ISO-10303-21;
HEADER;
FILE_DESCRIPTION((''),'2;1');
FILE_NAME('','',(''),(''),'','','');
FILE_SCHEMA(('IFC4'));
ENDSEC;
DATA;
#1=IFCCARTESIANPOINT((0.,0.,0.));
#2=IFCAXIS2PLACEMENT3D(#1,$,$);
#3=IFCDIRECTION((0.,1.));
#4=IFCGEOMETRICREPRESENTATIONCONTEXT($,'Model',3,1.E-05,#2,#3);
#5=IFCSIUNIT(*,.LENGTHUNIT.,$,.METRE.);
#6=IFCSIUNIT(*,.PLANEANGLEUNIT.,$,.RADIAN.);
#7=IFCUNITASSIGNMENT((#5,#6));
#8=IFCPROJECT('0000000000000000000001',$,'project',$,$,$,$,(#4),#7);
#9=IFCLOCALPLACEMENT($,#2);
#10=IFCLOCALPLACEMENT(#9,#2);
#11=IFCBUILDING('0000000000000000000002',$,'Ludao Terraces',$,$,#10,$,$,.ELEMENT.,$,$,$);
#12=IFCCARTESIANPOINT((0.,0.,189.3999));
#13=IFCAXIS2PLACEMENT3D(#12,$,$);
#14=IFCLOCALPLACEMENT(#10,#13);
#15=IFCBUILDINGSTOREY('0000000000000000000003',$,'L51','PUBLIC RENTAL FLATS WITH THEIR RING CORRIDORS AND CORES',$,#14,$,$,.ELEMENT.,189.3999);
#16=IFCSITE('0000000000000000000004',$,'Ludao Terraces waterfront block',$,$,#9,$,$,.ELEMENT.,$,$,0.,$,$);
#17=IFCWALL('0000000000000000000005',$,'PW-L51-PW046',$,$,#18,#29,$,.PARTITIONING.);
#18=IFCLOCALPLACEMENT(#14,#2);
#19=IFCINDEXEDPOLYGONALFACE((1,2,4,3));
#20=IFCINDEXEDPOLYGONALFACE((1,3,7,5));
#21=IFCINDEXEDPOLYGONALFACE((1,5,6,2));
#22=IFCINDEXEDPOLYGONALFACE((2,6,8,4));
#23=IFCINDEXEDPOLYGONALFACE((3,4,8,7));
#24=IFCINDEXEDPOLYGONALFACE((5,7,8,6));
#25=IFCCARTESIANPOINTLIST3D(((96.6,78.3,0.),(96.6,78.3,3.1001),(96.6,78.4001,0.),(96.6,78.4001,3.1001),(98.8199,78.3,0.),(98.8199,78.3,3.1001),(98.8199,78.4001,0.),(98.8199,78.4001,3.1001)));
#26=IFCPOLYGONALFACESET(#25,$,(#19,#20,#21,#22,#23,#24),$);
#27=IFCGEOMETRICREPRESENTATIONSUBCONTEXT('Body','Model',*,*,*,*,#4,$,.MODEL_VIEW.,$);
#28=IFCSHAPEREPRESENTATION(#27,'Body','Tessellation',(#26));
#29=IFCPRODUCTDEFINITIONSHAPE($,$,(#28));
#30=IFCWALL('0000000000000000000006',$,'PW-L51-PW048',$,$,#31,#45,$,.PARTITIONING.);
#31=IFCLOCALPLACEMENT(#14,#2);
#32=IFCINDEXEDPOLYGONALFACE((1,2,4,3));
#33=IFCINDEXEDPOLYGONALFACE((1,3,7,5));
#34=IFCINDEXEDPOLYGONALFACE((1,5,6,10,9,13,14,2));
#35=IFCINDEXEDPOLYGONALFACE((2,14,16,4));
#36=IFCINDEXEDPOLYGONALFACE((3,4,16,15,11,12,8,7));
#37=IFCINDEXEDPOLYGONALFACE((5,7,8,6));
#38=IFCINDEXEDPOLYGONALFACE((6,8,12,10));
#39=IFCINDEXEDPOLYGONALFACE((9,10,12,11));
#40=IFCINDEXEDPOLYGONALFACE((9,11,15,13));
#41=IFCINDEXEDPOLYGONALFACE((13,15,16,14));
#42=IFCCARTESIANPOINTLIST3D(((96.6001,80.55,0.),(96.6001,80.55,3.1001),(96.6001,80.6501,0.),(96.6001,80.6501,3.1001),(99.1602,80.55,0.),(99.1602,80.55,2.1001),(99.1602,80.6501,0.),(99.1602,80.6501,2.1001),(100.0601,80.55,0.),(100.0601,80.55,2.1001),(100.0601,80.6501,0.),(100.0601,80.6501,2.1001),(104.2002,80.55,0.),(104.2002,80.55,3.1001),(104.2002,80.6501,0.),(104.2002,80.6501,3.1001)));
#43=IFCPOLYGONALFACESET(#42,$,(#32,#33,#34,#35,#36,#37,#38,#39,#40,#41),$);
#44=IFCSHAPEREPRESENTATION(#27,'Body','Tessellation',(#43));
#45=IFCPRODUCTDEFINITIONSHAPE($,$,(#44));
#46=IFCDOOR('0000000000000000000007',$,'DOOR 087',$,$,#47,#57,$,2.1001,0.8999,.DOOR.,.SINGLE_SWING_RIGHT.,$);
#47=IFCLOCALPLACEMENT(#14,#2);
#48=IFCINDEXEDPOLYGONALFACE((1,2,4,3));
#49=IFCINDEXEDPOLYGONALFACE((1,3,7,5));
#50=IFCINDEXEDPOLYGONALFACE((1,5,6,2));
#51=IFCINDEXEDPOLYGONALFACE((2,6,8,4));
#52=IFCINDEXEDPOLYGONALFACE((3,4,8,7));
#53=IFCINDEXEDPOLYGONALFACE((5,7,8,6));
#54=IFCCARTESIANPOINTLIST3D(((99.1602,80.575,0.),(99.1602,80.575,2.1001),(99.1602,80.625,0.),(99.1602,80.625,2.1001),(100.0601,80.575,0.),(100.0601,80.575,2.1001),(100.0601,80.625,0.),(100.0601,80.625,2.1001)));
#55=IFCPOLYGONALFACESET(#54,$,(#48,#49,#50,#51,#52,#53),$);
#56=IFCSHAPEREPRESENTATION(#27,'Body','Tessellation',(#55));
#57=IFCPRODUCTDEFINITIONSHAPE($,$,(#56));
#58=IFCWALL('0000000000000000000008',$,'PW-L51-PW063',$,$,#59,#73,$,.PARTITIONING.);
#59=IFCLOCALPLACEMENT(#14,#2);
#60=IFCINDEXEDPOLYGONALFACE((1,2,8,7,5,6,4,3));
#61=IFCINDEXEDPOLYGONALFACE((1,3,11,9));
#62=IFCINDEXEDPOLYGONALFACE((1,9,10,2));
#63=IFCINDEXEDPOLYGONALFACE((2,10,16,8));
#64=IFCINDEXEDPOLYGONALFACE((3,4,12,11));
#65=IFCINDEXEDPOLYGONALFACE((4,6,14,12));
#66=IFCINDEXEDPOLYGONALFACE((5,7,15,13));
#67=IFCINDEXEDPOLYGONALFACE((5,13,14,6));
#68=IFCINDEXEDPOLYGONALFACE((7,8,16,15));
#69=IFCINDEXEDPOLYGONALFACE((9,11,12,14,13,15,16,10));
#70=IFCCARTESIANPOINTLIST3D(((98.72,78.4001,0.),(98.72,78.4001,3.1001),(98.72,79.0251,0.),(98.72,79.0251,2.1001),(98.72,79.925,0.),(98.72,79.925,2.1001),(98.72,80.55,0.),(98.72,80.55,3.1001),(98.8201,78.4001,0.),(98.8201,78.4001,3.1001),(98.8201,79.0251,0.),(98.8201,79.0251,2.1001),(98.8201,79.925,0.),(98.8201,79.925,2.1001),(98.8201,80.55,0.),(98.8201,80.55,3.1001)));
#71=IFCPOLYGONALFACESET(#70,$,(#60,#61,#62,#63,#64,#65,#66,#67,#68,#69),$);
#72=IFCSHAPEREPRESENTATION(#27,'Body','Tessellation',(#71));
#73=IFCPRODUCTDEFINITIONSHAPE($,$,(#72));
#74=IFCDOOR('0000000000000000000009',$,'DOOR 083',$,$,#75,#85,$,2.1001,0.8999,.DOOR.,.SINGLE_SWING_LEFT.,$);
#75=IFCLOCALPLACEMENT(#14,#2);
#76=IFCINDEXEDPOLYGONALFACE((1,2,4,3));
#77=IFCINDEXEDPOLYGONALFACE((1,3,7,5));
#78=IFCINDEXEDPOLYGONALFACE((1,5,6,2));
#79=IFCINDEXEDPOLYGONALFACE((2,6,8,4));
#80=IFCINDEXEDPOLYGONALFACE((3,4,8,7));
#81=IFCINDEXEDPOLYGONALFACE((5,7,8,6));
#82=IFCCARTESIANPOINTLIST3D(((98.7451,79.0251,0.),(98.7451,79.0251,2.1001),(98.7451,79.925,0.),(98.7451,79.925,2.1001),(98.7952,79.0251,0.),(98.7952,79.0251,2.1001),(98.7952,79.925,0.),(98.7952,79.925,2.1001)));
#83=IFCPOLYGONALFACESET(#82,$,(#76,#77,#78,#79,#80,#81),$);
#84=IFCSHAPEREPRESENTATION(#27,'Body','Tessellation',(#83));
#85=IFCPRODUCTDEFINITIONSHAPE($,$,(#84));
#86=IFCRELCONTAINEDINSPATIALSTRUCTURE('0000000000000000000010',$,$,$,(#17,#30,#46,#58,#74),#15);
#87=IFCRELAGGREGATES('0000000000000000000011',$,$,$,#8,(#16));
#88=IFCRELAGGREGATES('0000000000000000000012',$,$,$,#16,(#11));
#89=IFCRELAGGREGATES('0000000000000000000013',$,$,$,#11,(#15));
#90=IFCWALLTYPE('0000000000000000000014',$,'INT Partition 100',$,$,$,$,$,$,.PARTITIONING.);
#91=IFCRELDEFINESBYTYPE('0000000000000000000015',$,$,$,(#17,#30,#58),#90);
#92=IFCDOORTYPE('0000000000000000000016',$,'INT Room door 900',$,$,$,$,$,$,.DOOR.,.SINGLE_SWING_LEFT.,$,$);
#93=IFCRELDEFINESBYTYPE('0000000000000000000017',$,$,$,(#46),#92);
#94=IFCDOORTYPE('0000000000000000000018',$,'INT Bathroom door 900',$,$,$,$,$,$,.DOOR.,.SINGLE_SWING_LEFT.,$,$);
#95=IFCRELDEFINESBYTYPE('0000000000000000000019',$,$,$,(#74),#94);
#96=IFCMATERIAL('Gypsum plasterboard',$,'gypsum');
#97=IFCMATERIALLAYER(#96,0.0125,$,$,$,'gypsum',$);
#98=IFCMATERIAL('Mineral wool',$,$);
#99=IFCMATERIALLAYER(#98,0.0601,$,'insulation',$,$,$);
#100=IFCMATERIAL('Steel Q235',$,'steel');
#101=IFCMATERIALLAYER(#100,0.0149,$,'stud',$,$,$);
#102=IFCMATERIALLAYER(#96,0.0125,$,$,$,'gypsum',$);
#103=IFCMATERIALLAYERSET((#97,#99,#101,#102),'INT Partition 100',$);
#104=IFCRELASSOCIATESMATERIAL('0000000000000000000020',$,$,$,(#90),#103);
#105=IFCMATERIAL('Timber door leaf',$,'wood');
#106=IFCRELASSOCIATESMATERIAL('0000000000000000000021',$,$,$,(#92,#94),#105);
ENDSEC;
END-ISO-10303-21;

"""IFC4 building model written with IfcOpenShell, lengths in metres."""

from ifc_helpers import new_model, si_unit, direction, frame, frame_2d, origin, place, context, subcontext, project, spatial, rectangle, extrude, material, layer, layer_set, type_object, element, fill, save


model = new_model("IFC4")

# Units and contexts
model_context = context("Model", 3, precision=1e-05, world=origin(), true_north=direction((0.0, 1.0)))
body_context = subcontext(model_context, "Body", "Model", "MODEL_VIEW")
ifc_project = project(units=[si_unit("LENGTHUNIT", "METRE"), si_unit("PLANEANGLEUNIT", "RADIAN")], contexts=[model_context])

# Site, building, storey
site_placement = place(None, origin())
site = spatial("IfcSite", under=ifc_project, at=site_placement, Name="Ludao Terraces waterfront block", CompositionType="ELEMENT", RefElevation=0.0)
building_placement = place(site_placement, origin())
building = spatial("IfcBuilding", under=site, at=building_placement, Name="Ludao Terraces", CompositionType="ELEMENT")
storey_placement = place(building_placement, frame((0.0, 0.0, 189.3999)))
storey = spatial("IfcBuildingStorey", under=building, at=storey_placement, Name="L51", Description="PUBLIC RENTAL FLATS WITH THEIR RING CORRIDORS AND CORES", CompositionType="ELEMENT", Elevation=189.3999)

# Shared definitions
ifc_material_1 = material(Name="Steel Q235", Category="steel")

# Shared definitions
ifc_material_2 = material(Name="Mineral wool")

# Wall
ifc_material_3 = material(Name="Gypsum plasterboard", Category="gypsum")
ifc_layer_1 = layer(ifc_material_3, 0.0125, Category="gypsum")
ifc_layer_2 = layer(ifc_material_2, 0.0601, Name="insulation")
ifc_layer_3 = layer(ifc_material_1, 0.0149, Name="stud")
ifc_layer_4 = layer(ifc_material_3, 0.0125, Category="gypsum")
ifc_layer_set_1 = layer_set([ifc_layer_1, ifc_layer_2, ifc_layer_3, ifc_layer_4], Name="INT Partition 100")
wall_type_1 = type_object("IfcWallType", Name="INT Partition 100", PredefinedType="PARTITIONING", material=ifc_layer_set_1)
for number, where, z_axis, x_axis, name in (
    (1, (96.6001, 78.3501, 0.0), (0.0, 0.0, 1.0), (1.0, 0.0, 0.0), "PW-L51-PW046"),
):
    element("IfcWall", number, at=place(storey_placement, frame(where, z_axis=z_axis, x_axis=x_axis)), inside=storey, type_object=wall_type_1, Name=name, PredefinedType="PARTITIONING", context=body_context, shape_type="SweptSolid", body=[
        extrude(rectangle(XDim=2.22, YDim=0.1001, at=frame_2d((1.1099, 0.0))), origin(), (0.0, 0.0, 1.0), 3.1001),
    ])

# Walls, openings, doors
wall_1_placement = place(storey_placement, frame((96.6001, 80.6001, 0.0), z_axis=(0.0, 0.0, 1.0), x_axis=(1.0, 0.0, 0.0)))
wall_1 = element("IfcWall", 2, at=wall_1_placement, inside=storey, type_object=wall_type_1, Name="PW-L51-PW048", PredefinedType="PARTITIONING", context=body_context, shape_type="SweptSolid", body=[
    extrude(rectangle(XDim=7.6001, YDim=0.1001, at=frame_2d((3.8, 0.0))), origin(), (0.0, 0.0, 1.0), 3.1001),
])
opening_1_placement = place(wall_1_placement, frame((2.5601, 0.0, 0.0)))
opening_1 = element("IfcOpeningElement", 3, at=opening_1_placement, cuts=wall_1, PredefinedType="OPENING", context=body_context, shape_type="SweptSolid", body=[
    extrude(rectangle(XDim=0.8999, YDim=2.1001, at=frame_2d((0.45, 1.05))), frame((0.0, 0.0601, 0.0), z_axis=(0.0, -1.0, 0.0), x_axis=(1.0, 0.0, 0.0)), (0.0, 0.0, 1.0), 0.1201),
])
ifc_material_4 = material(Name="Timber door leaf", Category="wood")
door_type_1 = type_object("IfcDoorType", Name="INT Room door 900", OperationType="SINGLE_SWING_LEFT", PredefinedType="DOOR", material=ifc_material_4)
door_1_placement = place(opening_1_placement, origin())
door_1 = element("IfcDoor", 4, at=door_1_placement, inside=storey, type_object=door_type_1, Name="DOOR 087", OperationType="SINGLE_SWING_RIGHT", OverallHeight=2.1001, OverallWidth=0.8999, PredefinedType="DOOR", context=body_context, shape_type="SweptSolid", body=[
    extrude(rectangle(XDim=0.8999, YDim=2.1001, at=frame_2d((0.45, 1.05))), frame((0.0, 0.0249, 0.0), z_axis=(0.0, -1.0, 0.0), x_axis=(1.0, 0.0, 0.0)), (0.0, 0.0, 1.0), 0.05),
])
fill(opening_1, door_1)
wall_2_placement = place(storey_placement, frame((98.77, 78.4001, 0.0), z_axis=(0.0, 0.0, 1.0), x_axis=(0.0, 1.0, 0.0)))
wall_2 = element("IfcWall", 5, at=wall_2_placement, inside=storey, type_object=wall_type_1, Name="PW-L51-PW063", PredefinedType="PARTITIONING", context=body_context, shape_type="SweptSolid", body=[
    extrude(rectangle(XDim=2.1499, YDim=0.1001, at=frame_2d((1.075, 0.0))), origin(), (0.0, 0.0, 1.0), 3.1001),
])
opening_2_placement = place(wall_2_placement, frame((0.625, 0.0, 0.0)))
opening_2 = element("IfcOpeningElement", 6, at=opening_2_placement, cuts=wall_2, PredefinedType="OPENING", context=body_context, shape_type="SweptSolid", body=[
    extrude(rectangle(XDim=0.8999, YDim=2.1001, at=frame_2d((0.45, 1.05))), frame((0.0, 0.0601, 0.0), z_axis=(0.0, -1.0, 0.0), x_axis=(1.0, 0.0, 0.0)), (0.0, 0.0, 1.0), 0.1201),
])
door_type_2 = type_object("IfcDoorType", Name="INT Bathroom door 900", OperationType="SINGLE_SWING_LEFT", PredefinedType="DOOR", material=ifc_material_4)
door_2_placement = place(opening_2_placement, origin())
door_2 = element("IfcDoor", 7, at=door_2_placement, inside=storey, type_object=door_type_2, Name="DOOR 083", OperationType="SINGLE_SWING_LEFT", OverallHeight=2.1001, OverallWidth=0.8999, PredefinedType="DOOR", context=body_context, shape_type="SweptSolid", body=[
    extrude(rectangle(XDim=0.8999, YDim=2.1001, at=frame_2d((0.45, 1.05))), frame((0.0, 0.0249, 0.0), z_axis=(0.0, -1.0, 0.0), x_axis=(1.0, 0.0, 0.0)), (0.0, 0.0, 1.0), 0.05),
])
fill(opening_2, door_2)

save(model, "model.ifc")
